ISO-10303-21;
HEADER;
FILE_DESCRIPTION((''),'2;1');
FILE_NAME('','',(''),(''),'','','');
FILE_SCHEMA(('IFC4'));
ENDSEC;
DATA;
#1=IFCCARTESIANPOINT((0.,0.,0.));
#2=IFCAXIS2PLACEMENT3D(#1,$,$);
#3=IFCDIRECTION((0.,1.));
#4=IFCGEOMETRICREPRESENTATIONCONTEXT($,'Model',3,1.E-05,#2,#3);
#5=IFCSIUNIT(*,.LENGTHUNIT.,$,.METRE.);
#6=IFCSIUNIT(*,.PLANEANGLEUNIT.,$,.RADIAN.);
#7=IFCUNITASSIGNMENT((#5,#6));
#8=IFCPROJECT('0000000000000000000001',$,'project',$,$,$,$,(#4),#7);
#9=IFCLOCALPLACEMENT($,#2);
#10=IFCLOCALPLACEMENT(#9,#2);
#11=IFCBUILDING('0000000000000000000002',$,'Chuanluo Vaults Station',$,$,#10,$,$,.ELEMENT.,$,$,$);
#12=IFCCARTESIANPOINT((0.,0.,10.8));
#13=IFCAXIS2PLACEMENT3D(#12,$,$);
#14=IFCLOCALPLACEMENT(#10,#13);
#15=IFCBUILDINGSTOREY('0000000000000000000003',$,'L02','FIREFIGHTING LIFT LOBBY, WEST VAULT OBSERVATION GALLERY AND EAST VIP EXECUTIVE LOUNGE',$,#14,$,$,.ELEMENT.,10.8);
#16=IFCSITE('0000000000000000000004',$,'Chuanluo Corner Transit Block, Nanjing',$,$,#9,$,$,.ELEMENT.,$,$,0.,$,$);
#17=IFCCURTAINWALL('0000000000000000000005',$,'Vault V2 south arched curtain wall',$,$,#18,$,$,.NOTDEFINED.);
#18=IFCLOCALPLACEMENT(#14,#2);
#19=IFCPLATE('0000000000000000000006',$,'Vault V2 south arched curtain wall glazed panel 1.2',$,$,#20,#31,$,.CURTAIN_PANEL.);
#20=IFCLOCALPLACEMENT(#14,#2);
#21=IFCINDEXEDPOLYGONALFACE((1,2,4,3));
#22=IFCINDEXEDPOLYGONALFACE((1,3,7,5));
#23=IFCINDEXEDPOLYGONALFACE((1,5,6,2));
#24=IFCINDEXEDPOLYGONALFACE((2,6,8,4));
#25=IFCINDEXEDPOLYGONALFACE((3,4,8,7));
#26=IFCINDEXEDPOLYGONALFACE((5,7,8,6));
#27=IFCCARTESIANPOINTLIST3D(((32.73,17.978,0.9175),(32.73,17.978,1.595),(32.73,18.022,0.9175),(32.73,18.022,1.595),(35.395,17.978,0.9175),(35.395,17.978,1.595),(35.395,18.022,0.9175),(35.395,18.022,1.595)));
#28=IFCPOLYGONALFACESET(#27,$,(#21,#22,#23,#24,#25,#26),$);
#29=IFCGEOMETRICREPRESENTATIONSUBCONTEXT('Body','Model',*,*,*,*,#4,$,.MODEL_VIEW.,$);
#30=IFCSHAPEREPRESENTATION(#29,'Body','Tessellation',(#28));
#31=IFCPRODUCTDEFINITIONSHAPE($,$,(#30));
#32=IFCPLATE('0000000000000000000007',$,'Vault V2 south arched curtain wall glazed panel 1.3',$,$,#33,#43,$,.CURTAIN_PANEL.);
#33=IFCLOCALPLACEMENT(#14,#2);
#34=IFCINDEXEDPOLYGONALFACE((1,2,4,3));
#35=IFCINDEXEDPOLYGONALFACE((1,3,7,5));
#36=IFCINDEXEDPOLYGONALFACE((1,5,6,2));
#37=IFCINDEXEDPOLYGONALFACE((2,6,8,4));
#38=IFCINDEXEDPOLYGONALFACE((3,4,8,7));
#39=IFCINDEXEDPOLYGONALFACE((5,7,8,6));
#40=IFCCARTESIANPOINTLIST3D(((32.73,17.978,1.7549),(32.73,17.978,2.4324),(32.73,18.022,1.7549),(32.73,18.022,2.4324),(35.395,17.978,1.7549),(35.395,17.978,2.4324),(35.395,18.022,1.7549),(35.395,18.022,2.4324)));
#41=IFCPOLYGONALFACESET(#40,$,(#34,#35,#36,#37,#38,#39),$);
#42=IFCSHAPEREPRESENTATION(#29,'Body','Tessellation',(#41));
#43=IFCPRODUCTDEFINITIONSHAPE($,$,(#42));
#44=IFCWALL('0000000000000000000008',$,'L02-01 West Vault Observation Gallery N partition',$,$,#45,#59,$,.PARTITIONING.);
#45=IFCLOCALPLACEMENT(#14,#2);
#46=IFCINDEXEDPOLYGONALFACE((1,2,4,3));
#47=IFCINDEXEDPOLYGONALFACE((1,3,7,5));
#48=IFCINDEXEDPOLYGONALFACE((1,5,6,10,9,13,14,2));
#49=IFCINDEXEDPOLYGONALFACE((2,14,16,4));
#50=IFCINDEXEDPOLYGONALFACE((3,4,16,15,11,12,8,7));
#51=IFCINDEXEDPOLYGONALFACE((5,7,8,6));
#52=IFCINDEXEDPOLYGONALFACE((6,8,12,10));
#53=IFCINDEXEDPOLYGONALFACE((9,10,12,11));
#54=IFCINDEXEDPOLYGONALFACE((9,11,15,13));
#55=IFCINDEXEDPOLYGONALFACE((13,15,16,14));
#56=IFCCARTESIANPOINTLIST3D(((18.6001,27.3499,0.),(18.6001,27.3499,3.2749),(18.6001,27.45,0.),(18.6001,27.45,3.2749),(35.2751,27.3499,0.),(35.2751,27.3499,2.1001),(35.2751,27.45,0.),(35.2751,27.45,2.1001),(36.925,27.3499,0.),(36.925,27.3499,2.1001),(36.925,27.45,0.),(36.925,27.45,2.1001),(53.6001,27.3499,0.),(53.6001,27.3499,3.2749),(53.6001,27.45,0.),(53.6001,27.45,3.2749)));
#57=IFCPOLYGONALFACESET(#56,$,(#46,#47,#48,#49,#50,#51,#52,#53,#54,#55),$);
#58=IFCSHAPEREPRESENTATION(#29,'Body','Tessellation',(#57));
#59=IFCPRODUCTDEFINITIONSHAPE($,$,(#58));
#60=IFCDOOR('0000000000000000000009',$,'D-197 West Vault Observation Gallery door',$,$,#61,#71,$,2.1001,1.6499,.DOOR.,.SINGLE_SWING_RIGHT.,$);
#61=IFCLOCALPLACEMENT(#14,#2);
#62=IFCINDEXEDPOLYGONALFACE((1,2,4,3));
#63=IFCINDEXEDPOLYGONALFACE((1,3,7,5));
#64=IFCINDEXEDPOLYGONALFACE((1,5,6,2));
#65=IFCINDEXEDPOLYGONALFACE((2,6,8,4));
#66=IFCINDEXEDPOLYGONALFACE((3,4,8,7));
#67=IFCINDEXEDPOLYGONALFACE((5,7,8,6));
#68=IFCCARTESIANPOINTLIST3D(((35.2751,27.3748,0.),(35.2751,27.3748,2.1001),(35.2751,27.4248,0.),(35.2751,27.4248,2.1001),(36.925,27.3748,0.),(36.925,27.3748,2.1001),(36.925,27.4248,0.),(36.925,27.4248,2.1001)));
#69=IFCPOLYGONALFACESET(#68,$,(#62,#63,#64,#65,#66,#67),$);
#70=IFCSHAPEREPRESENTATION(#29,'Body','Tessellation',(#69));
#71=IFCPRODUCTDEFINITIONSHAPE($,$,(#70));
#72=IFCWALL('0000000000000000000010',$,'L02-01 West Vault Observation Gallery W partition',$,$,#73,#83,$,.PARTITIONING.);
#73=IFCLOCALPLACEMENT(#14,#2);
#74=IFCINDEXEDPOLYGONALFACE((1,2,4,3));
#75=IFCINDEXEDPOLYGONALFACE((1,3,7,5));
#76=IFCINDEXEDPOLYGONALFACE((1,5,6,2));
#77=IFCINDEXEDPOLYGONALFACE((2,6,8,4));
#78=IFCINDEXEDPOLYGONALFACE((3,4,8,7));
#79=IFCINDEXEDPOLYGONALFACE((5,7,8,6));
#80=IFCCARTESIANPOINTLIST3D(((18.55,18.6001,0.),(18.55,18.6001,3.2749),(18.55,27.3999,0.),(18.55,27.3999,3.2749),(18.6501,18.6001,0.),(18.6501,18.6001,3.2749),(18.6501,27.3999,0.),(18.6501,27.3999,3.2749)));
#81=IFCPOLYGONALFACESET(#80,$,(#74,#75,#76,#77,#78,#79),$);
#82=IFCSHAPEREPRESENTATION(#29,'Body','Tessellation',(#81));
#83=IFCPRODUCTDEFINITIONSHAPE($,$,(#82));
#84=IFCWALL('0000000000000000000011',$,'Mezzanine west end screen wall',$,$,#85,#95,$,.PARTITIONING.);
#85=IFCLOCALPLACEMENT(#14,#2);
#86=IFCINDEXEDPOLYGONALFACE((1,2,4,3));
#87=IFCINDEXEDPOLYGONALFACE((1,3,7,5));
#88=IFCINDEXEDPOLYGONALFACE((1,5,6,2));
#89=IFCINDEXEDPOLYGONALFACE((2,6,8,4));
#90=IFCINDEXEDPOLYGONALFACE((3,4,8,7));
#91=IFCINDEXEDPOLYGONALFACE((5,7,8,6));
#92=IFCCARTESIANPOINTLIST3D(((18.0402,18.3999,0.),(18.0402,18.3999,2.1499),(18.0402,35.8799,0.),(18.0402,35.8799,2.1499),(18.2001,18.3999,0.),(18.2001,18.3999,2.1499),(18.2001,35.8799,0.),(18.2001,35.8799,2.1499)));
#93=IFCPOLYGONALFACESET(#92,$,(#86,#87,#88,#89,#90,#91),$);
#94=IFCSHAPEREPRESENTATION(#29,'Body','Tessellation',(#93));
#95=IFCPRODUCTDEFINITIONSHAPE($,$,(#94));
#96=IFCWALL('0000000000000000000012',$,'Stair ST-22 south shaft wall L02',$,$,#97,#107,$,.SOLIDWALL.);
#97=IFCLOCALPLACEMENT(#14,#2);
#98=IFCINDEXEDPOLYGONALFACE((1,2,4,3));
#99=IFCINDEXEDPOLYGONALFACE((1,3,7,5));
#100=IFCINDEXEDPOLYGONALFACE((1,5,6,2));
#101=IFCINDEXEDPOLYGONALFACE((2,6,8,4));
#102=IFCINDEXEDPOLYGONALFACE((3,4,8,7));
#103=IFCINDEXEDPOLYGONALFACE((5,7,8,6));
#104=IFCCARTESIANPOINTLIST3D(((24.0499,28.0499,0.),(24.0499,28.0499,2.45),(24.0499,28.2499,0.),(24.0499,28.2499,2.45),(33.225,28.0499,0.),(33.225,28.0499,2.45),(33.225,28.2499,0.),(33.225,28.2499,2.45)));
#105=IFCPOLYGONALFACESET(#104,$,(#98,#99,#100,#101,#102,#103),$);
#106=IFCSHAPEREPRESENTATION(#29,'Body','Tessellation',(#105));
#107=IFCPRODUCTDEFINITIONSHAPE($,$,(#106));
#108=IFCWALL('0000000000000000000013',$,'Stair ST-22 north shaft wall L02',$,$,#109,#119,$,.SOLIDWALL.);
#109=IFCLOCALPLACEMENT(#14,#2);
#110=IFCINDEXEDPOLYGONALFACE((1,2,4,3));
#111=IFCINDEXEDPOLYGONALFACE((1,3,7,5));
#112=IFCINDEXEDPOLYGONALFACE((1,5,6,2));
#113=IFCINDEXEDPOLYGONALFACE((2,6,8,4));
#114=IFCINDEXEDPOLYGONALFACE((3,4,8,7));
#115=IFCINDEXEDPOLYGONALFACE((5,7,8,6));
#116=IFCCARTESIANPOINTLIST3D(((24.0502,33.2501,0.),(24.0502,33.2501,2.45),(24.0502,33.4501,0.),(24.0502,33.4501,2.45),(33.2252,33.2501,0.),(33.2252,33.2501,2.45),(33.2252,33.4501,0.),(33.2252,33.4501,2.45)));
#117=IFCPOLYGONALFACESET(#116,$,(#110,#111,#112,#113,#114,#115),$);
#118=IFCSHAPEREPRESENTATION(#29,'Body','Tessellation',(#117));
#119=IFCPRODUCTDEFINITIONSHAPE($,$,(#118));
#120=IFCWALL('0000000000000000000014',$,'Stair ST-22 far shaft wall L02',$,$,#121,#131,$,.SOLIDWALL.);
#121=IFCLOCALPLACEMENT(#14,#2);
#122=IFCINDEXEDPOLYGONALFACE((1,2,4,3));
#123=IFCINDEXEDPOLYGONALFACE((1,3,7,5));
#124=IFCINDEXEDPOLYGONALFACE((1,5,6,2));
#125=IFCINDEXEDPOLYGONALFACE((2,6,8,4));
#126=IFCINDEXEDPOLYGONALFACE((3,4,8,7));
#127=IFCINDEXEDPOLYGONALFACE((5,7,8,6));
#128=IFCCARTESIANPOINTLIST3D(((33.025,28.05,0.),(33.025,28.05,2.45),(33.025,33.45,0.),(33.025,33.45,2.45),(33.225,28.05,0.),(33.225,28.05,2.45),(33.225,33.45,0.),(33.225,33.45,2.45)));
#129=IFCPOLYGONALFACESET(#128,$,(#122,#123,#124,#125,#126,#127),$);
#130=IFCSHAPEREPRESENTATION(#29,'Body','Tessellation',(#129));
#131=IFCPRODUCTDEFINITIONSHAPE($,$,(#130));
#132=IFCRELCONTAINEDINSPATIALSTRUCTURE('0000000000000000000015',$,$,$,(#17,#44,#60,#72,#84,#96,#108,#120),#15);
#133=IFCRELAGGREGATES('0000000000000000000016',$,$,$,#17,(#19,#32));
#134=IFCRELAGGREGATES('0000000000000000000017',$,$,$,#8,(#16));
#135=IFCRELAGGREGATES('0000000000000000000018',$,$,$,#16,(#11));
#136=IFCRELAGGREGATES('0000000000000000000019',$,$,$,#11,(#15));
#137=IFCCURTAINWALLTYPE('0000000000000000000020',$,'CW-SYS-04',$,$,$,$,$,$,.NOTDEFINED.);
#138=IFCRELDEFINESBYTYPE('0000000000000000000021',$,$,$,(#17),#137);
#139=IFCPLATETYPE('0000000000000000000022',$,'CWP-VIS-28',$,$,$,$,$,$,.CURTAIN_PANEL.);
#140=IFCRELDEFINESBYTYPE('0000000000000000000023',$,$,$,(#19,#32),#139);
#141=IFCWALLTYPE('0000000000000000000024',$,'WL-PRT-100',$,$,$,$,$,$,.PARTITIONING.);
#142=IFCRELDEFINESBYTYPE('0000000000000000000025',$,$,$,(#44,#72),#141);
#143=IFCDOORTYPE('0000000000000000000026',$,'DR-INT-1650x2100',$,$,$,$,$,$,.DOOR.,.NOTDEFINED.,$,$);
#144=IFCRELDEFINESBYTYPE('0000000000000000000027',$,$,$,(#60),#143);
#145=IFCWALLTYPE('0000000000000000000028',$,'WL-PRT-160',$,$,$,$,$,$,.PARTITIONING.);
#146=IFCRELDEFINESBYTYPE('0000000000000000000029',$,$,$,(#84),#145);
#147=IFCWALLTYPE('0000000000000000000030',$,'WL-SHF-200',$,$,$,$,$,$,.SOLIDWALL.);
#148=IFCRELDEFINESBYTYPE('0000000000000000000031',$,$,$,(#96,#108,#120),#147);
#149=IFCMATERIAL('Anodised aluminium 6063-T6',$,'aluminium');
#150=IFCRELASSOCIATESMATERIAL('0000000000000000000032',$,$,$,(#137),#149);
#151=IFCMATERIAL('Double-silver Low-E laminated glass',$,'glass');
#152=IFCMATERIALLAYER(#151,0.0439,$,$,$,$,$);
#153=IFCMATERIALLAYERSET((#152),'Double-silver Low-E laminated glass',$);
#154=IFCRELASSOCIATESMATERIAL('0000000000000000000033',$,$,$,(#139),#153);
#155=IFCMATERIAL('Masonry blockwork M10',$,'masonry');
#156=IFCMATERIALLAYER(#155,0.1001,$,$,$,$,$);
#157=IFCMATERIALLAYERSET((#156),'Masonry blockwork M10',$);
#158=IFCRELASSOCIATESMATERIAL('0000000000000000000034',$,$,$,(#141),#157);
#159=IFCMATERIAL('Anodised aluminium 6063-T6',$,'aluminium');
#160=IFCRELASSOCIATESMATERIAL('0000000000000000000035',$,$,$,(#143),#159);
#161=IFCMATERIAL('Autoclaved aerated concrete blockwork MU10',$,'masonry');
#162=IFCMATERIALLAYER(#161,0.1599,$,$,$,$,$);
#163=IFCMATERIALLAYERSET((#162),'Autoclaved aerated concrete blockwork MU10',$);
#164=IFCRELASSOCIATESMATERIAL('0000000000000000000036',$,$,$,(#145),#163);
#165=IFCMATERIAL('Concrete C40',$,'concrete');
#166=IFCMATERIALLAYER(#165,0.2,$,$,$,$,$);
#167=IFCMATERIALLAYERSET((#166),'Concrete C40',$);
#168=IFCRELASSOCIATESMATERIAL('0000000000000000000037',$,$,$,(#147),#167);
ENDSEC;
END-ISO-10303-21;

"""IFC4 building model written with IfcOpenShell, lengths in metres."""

from ifc_helpers import new_model, si_unit, direction, frame, frame_2d, origin, origin_2d, place, context, subcontext, project, spatial, rectangle, extrude, material, layer, layer_set, type_object, element, fill, aggregate, save


model = new_model("IFC4")

# Units and contexts
model_context = context("Model", 3, precision=1e-05, world=origin(), true_north=direction((0.0, 1.0)))
body_context = subcontext(model_context, "Body", "Model", "MODEL_VIEW")
ifc_project = project(units=[si_unit("LENGTHUNIT", "METRE"), si_unit("PLANEANGLEUNIT", "RADIAN")], contexts=[model_context])

# Site, building, storey
site_placement = place(None, origin())
site = spatial("IfcSite", under=ifc_project, at=site_placement, Name="Chuanluo Corner Transit Block, Nanjing", CompositionType="ELEMENT", RefElevation=0.0)
building_placement = place(site_placement, origin())
building = spatial("IfcBuilding", under=site, at=building_placement, Name="Chuanluo Vaults Station", CompositionType="ELEMENT")
storey_placement = place(building_placement, frame((0.0, 0.0, 10.8)))
storey = spatial("IfcBuildingStorey", under=building, at=storey_placement, Name="L02", Description="FIREFIGHTING LIFT LOBBY, WEST VAULT OBSERVATION GALLERY AND EAST VIP EXECUTIVE LOUNGE", CompositionType="ELEMENT", Elevation=10.8)

# Curtain wall, plates
ifc_material_1 = material(Name="Anodised aluminium 6063-T6", Category="aluminium")
curtain_wall_type_1 = type_object("IfcCurtainWallType", Name="CW-SYS-04", PredefinedType="NOTDEFINED", material=ifc_material_1)
curtain_wall_1_placement = place(storey_placement, origin())
curtain_wall_1 = element("IfcCurtainWall", 1, at=curtain_wall_1_placement, inside=storey, type_object=curtain_wall_type_1, Name="Vault V2 south arched curtain wall", PredefinedType="NOTDEFINED")
ifc_material_2 = material(Name="Double-silver Low-E laminated glass", Category="glass")
ifc_layer_1 = layer(ifc_material_2, 0.0439)
ifc_layer_set_1 = layer_set([ifc_layer_1], Name="Double-silver Low-E laminated glass")
plate_type_1 = type_object("IfcPlateType", Name="CWP-VIS-28", PredefinedType="CURTAIN_PANEL", material=ifc_layer_set_1)
plate_1_placement = place(storey_placement, frame((34.0625, 18.0, 0.9175), z_axis=(0.0, 0.0, 1.0), x_axis=(-1.0, 0.0, 0.0)))
plate_1 = element("IfcPlate", 2, at=plate_1_placement, type_object=plate_type_1, Name="Vault V2 south arched curtain wall glazed panel 1.2", PredefinedType="CURTAIN_PANEL", context=body_context, shape_type="SweptSolid", body=[
    extrude(rectangle(XDim=2.665, YDim=0.0439, at=origin_2d()), origin(), (0.0, 0.0, 1.0), 0.6775),
])
plate_2_placement = place(storey_placement, frame((34.0625, 18.0, 1.7549), z_axis=(0.0, 0.0, 1.0), x_axis=(-1.0, 0.0, 0.0)))
plate_2 = element("IfcPlate", 3, at=plate_2_placement, type_object=plate_type_1, Name="Vault V2 south arched curtain wall glazed panel 1.3", PredefinedType="CURTAIN_PANEL", context=body_context, shape_type="SweptSolid", body=[
    extrude(rectangle(XDim=2.665, YDim=0.0439, at=origin_2d()), origin(), (0.0, 0.0, 1.0), 0.6775),
])
aggregate(curtain_wall_1, [plate_1, plate_2])

# Wall, opening, door
ifc_material_3 = material(Name="Masonry blockwork M10", Category="masonry")
ifc_layer_2 = layer(ifc_material_3, 0.1001)
ifc_layer_set_2 = layer_set([ifc_layer_2], Name="Masonry blockwork M10")
wall_type_1 = type_object("IfcWallType", Name="WL-PRT-100", PredefinedType="PARTITIONING", material=ifc_layer_set_2)
wall_1_placement = place(storey_placement, frame((18.6001, 27.3999, 0.0), z_axis=(0.0, 0.0, 1.0), x_axis=(1.0, 0.0, 0.0)))
wall_1 = element("IfcWall", 4, at=wall_1_placement, inside=storey, type_object=wall_type_1, Name="L02-01 West Vault Observation Gallery N partition", PredefinedType="PARTITIONING", context=body_context, shape_type="SweptSolid", body=[
    extrude(rectangle(XDim=35.0, YDim=0.1001, at=frame_2d((17.5, 0.0))), origin(), (0.0, 0.0, 1.0), 3.2749),
])
opening_1_placement = place(wall_1_placement, frame((16.675, 0.0, 0.0)))
opening_1 = element("IfcOpeningElement", 5, at=opening_1_placement, cuts=wall_1, PredefinedType="OPENING", context=body_context, shape_type="SweptSolid", body=[
    extrude(rectangle(XDim=1.6499, YDim=2.1001, at=frame_2d((0.825, 1.05))), frame((0.0, 0.06, 0.0), z_axis=(0.0, -1.0, 0.0), x_axis=(1.0, 0.0, 0.0)), (0.0, 0.0, 1.0), 0.1201),
])
ifc_material_4 = material(Name="Anodised aluminium 6063-T6", Category="aluminium")
door_type_1 = type_object("IfcDoorType", Name="DR-INT-1650x2100", OperationType="NOTDEFINED", PredefinedType="DOOR", material=ifc_material_4)
door_1_placement = place(opening_1_placement, origin())
door_1 = element("IfcDoor", 6, at=door_1_placement, inside=storey, type_object=door_type_1, Name="D-197 West Vault Observation Gallery door", OperationType="SINGLE_SWING_RIGHT", OverallHeight=2.1001, OverallWidth=1.6499, PredefinedType="DOOR", context=body_context, shape_type="SweptSolid", body=[
    extrude(rectangle(XDim=1.6499, YDim=2.1001, at=frame_2d((0.825, 1.05))), frame((0.0, 0.0249, 0.0), z_axis=(0.0, -1.0, 0.0), x_axis=(1.0, 0.0, 0.0)), (0.0, 0.0, 1.0), 0.05),
])
fill(opening_1, door_1)

# Walls
wall_2_placement = place(storey_placement, frame((18.6001, 18.6001, 0.0), z_axis=(0.0, 0.0, 1.0), x_axis=(0.0, 1.0, 0.0)))
element("IfcWall", 7, at=wall_2_placement, inside=storey, type_object=wall_type_1, Name="L02-01 West Vault Observation Gallery W partition", PredefinedType="PARTITIONING", context=body_context, shape_type="SweptSolid", body=[
    extrude(rectangle(XDim=8.7998, YDim=0.1001, at=frame_2d((4.3999, 0.0))), origin(), (0.0, 0.0, 1.0), 3.2749),
])
ifc_material_5 = material(Name="Autoclaved aerated concrete blockwork MU10", Category="masonry")
ifc_layer_3 = layer(ifc_material_5, 0.1599)
ifc_layer_set_3 = layer_set([ifc_layer_3], Name="Autoclaved aerated concrete blockwork MU10")
wall_type_2 = type_object("IfcWallType", Name="WL-PRT-160", PredefinedType="PARTITIONING", material=ifc_layer_set_3)
wall_3_placement = place(storey_placement, frame((18.1201, 18.3999, 0.0), z_axis=(0.0, 0.0, 1.0), x_axis=(0.0, 1.0, 0.0)))
element("IfcWall", 8, at=wall_3_placement, inside=storey, type_object=wall_type_2, Name="Mezzanine west end screen wall", PredefinedType="PARTITIONING", context=body_context, shape_type="SweptSolid", body=[
    extrude(rectangle(XDim=17.48, YDim=0.1599, at=frame_2d((8.74, 0.0))), origin(), (0.0, 0.0, 1.0), 2.1499),
])
ifc_material_6 = material(Name="Concrete C40", Category="concrete")
ifc_layer_4 = layer(ifc_material_6, 0.2)
ifc_layer_set_4 = layer_set([ifc_layer_4], Name="Concrete C40")
wall_type_3 = type_object("IfcWallType", Name="WL-SHF-200", PredefinedType="SOLIDWALL", material=ifc_layer_set_4)
for number, where, z_axis, x_axis, name in (
    (9, (24.05, 28.1499, 0.0), (0.0, 0.0, 1.0), (1.0, 0.0, 0.0), "Stair ST-22 south shaft wall L02"),
    (10, (33.2251, 33.3501, 0.0), (0.0, 0.0, 1.0), (-1.0, 0.0, 0.0), "Stair ST-22 north shaft wall L02"),
):
    element("IfcWall", number, at=place(storey_placement, frame(where, z_axis=z_axis, x_axis=x_axis)), inside=storey, type_object=wall_type_3, Name=name, PredefinedType="SOLIDWALL", context=body_context, shape_type="SweptSolid", body=[
        extrude(rectangle(XDim=9.175, YDim=0.2, at=frame_2d((4.5874, 0.0))), origin(), (0.0, 0.0, 1.0), 2.45),
    ])
wall_4_placement = place(storey_placement, frame((33.125, 28.05, 0.0), z_axis=(0.0, 0.0, 1.0), x_axis=(0.0, 1.0, 0.0)))
element("IfcWall", 11, at=wall_4_placement, inside=storey, type_object=wall_type_3, Name="Stair ST-22 far shaft wall L02", PredefinedType="SOLIDWALL", context=body_context, shape_type="SweptSolid", body=[
    extrude(rectangle(XDim=5.3999, YDim=0.2, at=frame_2d((2.7, 0.0))), origin(), (0.0, 0.0, 1.0), 2.45),
])

save(model, "model.ifc")
